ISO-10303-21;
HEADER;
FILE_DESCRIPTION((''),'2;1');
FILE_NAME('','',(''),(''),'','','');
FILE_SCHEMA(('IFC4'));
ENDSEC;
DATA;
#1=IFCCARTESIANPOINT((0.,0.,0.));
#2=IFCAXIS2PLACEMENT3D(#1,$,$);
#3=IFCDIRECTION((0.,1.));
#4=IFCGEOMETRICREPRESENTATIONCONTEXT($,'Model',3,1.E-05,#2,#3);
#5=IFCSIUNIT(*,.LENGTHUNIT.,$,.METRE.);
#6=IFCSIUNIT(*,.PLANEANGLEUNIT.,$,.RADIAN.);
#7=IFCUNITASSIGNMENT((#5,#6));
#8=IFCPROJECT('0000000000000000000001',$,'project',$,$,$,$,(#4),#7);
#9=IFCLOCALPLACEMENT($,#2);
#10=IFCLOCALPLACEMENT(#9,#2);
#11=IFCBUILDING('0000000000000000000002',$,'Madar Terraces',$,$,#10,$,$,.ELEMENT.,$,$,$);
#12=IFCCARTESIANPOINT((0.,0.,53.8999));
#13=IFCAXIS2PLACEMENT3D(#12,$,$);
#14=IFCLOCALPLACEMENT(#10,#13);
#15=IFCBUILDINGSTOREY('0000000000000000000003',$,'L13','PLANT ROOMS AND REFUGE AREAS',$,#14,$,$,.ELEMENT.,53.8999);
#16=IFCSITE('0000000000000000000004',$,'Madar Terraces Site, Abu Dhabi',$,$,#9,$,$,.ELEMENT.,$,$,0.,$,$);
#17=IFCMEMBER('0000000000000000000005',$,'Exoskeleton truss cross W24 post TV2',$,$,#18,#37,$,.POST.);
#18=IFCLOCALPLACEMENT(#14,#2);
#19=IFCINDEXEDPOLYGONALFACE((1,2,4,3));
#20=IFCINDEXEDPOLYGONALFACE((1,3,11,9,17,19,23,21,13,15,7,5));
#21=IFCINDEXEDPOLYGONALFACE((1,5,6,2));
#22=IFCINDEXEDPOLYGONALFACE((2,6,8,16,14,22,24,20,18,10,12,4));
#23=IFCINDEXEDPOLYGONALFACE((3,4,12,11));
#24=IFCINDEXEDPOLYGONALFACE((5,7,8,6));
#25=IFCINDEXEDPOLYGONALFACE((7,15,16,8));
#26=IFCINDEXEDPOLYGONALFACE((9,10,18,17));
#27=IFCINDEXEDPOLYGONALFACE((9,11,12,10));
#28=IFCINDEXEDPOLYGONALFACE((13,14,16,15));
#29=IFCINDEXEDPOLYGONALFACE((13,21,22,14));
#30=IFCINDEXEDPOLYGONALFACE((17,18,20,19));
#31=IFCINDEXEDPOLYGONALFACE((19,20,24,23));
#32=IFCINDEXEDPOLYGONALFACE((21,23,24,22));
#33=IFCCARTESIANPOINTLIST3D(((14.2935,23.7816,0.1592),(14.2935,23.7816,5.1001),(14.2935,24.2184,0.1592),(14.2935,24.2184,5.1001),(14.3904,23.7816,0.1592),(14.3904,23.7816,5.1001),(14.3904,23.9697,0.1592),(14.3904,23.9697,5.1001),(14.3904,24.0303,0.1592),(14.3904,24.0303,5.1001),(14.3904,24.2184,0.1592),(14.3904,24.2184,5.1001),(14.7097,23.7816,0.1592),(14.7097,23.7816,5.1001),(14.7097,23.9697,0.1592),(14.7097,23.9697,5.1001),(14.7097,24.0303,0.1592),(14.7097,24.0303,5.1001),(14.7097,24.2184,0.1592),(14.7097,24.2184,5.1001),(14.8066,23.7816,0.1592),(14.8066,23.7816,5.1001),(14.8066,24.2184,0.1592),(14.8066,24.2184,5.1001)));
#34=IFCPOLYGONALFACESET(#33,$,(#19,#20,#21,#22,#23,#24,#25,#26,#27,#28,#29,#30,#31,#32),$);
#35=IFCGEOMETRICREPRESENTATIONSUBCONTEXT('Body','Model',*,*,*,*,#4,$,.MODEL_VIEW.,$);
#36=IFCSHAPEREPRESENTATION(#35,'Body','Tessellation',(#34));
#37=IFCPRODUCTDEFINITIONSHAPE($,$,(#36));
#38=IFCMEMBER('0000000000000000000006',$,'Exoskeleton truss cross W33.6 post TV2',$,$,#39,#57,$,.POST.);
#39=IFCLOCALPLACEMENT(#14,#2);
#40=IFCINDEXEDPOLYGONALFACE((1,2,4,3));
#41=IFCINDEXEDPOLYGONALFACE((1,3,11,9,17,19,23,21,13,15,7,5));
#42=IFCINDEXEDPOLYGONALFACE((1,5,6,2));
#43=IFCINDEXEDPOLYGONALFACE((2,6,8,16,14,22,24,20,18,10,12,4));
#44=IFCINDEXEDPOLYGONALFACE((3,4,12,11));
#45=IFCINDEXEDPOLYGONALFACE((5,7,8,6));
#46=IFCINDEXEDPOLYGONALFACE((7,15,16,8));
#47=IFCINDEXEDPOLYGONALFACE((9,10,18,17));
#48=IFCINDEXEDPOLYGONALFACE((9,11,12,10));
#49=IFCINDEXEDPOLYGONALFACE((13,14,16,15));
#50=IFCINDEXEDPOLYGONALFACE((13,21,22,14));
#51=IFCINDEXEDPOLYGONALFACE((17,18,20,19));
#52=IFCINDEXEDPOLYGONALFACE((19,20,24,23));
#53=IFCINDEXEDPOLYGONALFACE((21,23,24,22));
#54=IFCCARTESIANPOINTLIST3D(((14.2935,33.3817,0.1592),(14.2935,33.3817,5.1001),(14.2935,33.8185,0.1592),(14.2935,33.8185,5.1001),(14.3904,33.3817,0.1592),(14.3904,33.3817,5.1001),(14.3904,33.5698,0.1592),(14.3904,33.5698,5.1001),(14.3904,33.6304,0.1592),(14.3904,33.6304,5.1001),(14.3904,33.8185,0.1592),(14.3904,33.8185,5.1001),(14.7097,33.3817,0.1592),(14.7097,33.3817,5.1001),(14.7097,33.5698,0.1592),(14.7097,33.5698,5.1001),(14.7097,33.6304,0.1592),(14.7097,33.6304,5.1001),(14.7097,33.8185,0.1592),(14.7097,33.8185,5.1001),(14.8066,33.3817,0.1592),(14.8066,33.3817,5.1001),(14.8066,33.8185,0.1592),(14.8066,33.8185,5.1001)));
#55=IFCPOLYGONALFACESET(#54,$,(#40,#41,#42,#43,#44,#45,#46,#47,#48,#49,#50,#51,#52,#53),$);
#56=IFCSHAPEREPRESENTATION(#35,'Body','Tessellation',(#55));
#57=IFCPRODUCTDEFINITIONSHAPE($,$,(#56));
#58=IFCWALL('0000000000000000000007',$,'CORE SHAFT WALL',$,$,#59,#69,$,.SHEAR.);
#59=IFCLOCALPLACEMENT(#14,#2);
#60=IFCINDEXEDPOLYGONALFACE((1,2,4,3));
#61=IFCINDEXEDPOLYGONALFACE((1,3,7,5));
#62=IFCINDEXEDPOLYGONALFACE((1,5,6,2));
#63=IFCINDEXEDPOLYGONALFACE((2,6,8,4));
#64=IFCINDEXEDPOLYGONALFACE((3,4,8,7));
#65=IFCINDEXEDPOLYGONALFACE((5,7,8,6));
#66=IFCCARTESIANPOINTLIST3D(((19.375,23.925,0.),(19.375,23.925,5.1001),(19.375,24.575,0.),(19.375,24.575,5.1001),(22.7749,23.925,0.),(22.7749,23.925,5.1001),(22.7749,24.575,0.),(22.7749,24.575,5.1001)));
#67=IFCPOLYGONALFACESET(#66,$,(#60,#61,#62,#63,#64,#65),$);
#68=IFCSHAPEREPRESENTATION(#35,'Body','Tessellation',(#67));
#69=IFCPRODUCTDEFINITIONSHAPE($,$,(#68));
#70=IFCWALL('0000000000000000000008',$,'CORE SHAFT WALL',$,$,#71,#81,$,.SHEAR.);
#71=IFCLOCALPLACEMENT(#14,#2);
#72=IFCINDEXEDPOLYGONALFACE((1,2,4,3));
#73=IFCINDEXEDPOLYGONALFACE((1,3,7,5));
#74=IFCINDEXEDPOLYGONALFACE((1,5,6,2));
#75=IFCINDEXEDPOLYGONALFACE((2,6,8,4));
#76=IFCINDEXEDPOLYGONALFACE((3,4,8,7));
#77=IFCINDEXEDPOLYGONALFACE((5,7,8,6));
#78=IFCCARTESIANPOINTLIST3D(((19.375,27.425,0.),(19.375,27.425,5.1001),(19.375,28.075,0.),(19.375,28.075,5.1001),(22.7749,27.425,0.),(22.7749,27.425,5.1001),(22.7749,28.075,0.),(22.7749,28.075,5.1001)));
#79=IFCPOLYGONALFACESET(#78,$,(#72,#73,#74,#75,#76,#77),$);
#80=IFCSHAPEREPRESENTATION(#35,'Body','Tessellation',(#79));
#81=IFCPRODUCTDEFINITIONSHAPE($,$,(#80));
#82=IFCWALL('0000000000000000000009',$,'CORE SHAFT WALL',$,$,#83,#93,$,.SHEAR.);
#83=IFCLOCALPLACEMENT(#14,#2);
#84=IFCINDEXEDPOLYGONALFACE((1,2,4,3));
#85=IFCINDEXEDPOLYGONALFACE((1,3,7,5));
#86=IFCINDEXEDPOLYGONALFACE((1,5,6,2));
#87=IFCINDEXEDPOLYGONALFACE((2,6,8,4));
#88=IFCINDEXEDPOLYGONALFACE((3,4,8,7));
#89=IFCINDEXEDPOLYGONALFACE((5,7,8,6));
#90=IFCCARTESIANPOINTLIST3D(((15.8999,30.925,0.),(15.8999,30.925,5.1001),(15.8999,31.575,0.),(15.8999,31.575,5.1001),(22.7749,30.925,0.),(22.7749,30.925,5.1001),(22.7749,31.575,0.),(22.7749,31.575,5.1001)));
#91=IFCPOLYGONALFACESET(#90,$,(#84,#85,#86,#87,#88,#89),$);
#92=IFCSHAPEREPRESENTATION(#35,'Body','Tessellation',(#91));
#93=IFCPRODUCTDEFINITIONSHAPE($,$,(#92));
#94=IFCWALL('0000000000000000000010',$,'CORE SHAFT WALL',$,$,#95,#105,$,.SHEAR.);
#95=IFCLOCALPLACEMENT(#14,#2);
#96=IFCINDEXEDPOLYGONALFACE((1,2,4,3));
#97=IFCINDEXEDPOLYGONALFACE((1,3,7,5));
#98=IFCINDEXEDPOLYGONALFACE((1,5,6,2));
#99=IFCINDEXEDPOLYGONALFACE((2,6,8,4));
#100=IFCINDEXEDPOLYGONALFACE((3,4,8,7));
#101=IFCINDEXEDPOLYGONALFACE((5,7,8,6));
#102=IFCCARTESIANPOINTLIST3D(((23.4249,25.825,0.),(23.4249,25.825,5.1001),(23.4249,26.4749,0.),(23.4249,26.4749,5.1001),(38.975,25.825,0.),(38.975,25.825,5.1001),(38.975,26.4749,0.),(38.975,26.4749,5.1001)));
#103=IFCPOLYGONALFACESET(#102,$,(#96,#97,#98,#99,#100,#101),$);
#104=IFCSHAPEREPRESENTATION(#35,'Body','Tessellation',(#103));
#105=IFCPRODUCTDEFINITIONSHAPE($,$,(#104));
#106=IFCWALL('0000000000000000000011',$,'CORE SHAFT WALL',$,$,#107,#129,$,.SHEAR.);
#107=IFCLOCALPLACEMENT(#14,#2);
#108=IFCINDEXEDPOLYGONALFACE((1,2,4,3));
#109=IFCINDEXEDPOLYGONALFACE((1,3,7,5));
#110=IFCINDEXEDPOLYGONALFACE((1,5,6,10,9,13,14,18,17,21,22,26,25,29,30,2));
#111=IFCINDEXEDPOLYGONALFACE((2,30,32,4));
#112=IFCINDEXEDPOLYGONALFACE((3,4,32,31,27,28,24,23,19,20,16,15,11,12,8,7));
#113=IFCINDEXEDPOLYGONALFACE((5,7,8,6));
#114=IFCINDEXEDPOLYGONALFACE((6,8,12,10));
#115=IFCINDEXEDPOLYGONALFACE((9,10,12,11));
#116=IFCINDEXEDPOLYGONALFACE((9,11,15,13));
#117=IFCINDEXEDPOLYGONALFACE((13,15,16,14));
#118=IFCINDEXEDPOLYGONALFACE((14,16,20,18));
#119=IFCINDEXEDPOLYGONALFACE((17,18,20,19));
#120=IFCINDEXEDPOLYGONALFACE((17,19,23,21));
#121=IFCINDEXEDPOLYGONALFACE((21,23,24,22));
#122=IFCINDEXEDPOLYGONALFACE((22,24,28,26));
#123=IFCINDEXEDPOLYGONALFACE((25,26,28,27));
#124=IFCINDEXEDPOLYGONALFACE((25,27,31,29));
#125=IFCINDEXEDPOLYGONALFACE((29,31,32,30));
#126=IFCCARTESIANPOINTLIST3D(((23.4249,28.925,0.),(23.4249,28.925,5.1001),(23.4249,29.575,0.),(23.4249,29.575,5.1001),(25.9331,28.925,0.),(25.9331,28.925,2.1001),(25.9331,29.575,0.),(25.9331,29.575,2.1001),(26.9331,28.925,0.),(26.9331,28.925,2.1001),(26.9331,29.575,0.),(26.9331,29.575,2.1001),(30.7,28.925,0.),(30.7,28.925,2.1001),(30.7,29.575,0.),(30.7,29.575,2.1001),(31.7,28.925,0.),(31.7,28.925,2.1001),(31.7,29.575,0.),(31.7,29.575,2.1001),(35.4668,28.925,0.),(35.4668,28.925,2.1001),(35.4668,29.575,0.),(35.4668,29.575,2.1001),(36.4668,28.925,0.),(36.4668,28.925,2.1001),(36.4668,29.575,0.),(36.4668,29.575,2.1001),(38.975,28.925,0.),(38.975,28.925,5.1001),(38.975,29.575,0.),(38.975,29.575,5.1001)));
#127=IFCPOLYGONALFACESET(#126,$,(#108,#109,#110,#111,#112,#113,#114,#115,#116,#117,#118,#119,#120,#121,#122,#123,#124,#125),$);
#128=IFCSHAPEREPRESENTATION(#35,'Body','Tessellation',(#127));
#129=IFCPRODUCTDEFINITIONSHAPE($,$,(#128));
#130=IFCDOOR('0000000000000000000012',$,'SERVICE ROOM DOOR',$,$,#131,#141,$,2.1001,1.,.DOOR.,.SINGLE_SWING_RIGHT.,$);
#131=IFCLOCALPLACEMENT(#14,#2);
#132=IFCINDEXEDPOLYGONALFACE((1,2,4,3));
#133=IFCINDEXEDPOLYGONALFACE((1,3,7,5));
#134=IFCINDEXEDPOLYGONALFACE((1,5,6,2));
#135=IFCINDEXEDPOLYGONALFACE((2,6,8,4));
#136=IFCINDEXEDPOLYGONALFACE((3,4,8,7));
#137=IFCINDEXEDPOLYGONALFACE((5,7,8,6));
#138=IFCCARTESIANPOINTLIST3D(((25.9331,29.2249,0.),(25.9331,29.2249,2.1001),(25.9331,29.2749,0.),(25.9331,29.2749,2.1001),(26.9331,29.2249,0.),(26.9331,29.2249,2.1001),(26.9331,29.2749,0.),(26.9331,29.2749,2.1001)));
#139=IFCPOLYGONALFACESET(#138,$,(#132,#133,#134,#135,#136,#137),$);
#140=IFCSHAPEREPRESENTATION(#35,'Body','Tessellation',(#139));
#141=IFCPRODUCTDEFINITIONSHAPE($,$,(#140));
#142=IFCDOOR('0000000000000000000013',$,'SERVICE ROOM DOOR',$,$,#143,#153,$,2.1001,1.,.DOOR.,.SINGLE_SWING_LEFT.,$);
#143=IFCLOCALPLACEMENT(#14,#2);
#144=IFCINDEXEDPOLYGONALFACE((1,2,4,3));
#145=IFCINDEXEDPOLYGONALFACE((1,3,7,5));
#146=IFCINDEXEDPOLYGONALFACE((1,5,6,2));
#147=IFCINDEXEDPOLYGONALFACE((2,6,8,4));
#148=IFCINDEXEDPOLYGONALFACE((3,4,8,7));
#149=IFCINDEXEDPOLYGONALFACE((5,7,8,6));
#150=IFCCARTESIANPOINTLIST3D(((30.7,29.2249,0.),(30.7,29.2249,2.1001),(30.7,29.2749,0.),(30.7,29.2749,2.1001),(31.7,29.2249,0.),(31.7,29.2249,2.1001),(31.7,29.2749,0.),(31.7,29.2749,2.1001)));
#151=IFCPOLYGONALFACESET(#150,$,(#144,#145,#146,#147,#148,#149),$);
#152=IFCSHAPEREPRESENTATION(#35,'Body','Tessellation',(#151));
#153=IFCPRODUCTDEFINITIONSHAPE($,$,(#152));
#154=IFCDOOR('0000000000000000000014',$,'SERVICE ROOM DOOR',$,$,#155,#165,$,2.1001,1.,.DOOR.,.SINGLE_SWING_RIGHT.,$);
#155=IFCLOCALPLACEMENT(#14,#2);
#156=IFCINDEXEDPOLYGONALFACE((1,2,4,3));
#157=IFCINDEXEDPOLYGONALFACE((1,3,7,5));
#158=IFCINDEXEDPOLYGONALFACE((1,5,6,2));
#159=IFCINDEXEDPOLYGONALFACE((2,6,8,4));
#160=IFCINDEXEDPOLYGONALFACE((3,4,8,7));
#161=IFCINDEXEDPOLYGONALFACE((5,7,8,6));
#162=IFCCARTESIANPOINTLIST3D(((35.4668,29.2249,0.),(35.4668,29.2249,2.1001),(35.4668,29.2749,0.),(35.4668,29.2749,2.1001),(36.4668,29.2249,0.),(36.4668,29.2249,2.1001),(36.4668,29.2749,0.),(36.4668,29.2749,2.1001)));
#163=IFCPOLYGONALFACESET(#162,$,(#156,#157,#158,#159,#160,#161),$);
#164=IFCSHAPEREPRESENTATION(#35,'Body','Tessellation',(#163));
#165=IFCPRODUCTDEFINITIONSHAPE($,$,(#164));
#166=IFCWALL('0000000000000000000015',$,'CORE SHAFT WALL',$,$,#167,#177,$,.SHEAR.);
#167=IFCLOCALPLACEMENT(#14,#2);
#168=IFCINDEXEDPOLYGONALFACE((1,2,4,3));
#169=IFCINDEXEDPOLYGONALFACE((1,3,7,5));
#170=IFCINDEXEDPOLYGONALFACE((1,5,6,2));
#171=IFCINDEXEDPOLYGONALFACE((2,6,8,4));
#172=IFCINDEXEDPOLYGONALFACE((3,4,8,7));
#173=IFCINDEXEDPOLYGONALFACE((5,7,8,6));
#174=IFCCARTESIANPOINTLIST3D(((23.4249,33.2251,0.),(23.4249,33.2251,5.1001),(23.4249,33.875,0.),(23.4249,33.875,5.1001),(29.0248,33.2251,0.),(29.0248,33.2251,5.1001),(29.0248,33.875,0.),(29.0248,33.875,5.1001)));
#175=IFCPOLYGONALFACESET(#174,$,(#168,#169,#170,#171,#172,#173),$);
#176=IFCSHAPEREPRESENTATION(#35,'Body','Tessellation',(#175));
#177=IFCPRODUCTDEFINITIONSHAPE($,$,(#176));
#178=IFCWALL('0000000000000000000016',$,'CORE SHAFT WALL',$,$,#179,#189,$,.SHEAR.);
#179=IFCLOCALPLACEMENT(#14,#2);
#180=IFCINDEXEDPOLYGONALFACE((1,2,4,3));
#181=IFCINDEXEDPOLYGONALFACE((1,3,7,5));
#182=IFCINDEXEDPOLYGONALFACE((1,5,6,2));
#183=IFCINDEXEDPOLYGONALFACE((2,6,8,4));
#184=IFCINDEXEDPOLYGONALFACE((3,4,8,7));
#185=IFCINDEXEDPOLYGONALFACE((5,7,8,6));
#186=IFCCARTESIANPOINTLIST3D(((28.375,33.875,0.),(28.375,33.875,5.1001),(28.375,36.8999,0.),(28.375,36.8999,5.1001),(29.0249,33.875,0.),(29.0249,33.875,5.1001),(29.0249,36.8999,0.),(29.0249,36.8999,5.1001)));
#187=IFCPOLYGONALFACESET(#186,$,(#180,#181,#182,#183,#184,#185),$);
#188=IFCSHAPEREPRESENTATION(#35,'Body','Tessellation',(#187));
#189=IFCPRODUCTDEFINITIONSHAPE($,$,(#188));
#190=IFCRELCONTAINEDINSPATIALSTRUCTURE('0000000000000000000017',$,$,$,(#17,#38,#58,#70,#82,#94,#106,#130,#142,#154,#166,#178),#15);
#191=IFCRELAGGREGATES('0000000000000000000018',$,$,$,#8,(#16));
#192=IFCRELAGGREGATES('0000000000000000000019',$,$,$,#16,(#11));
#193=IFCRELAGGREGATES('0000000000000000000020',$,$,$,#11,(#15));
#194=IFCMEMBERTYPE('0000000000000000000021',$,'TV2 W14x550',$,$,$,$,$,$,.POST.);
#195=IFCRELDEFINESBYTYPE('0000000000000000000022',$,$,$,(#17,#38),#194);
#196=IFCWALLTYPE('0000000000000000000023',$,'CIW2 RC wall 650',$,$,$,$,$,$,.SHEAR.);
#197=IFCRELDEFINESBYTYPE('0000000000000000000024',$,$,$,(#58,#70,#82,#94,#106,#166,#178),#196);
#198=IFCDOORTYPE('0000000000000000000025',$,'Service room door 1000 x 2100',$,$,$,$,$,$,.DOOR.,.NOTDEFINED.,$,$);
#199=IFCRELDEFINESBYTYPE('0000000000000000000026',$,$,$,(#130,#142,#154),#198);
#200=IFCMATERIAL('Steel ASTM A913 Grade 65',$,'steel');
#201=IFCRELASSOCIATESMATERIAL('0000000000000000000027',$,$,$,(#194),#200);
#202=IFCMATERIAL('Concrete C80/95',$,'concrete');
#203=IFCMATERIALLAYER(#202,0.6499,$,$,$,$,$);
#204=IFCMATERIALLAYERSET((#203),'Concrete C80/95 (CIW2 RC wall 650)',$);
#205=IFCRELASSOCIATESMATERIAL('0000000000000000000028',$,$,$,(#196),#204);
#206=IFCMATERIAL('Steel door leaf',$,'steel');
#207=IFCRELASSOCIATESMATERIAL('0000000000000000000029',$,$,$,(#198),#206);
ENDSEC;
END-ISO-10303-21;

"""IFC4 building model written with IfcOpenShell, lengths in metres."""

from ifc_helpers import new_model, si_unit, direction, frame, frame_2d, origin, origin_2d, place, context, subcontext, project, spatial, rectangle, i_section, extrude, material, layer, layer_set, material_profile, profile_set, type_object, element, fill, save


model = new_model("IFC4")

# Units and contexts
model_context = context("Model", 3, precision=1e-05, world=origin(), true_north=direction((0.0, 1.0)))
body_context = subcontext(model_context, "Body", "Model", "MODEL_VIEW")
ifc_project = project(units=[si_unit("LENGTHUNIT", "METRE"), si_unit("PLANEANGLEUNIT", "RADIAN")], contexts=[model_context])

# Site, building, storey
site_placement = place(None, origin())
site = spatial("IfcSite", under=ifc_project, at=site_placement, Name="Madar Terraces Site, Abu Dhabi", CompositionType="ELEMENT", RefElevation=0.0)
building_placement = place(site_placement, origin())
building = spatial("IfcBuilding", under=site, at=building_placement, Name="Madar Terraces", CompositionType="ELEMENT")
storey_placement = place(building_placement, frame((0.0, 0.0, 53.8999)))
storey = spatial("IfcBuildingStorey", under=building, at=storey_placement, Name="L13", Description="PLANT ROOMS AND REFUGE AREAS", CompositionType="ELEMENT", Elevation=53.8999)

# Members
ifc_material_1 = material(Name="Steel ASTM A913 Grade 65", Category="steel")
ifc_material_profile = material_profile(ifc_material_1, i_section(OverallWidth=0.4368, OverallDepth=0.5132, WebThickness=0.0605, FlangeThickness=0.0969, at=origin_2d()), Name="W14x550")
ifc_profile_set = profile_set([ifc_material_profile], Name="Steel ASTM A913 Grade 65")
member_type = type_object("IfcMemberType", Name="TV2 W14x550", PredefinedType="POST", material=ifc_profile_set)
for number, where, z_axis, x_axis, name in (
    (1, (14.55, 24.0, 0.1592), (0.0, 0.0, 1.0), (0.0, 1.0, 0.0), "Exoskeleton truss cross W24 post TV2"),
    (2, (14.55, 33.6001, 0.1592), (0.0, 0.0, 1.0), (0.0, 1.0, 0.0), "Exoskeleton truss cross W33.6 post TV2"),
):
    element("IfcMember", number, at=place(storey_placement, frame(where, z_axis=z_axis, x_axis=x_axis)), inside=storey, type_object=member_type, Name=name, PredefinedType="POST", context=body_context, shape_type="SweptSolid", body=[
        extrude(i_section(OverallWidth=0.4368, OverallDepth=0.5132, WebThickness=0.0605, FlangeThickness=0.0969, at=origin_2d()), origin(), (0.0, 0.0, 1.0), 4.9409),
    ])

# Walls
ifc_material_2 = material(Name="Concrete C80/95", Category="concrete")
ifc_layer_1 = layer(ifc_material_2, 0.6499)
ifc_layer_set_1 = layer_set([ifc_layer_1], Name="Concrete C80/95 (CIW2 RC wall 650)")
wall_type_1 = type_object("IfcWallType", Name="CIW2 RC wall 650", PredefinedType="SHEAR", material=ifc_layer_set_1)
for number, where, z_axis, x_axis, name in (
    (3, (19.375, 24.25, 0.0), (0.0, 0.0, 1.0), (1.0, 0.0, 0.0), "CORE SHAFT WALL"),
    (4, (19.375, 27.75, 0.0), (0.0, 0.0, 1.0), (1.0, 0.0, 0.0), "CORE SHAFT WALL"),
):
    element("IfcWall", number, at=place(storey_placement, frame(where, z_axis=z_axis, x_axis=x_axis)), inside=storey, type_object=wall_type_1, Name=name, PredefinedType="SHEAR", context=body_context, shape_type="SweptSolid", body=[
        extrude(rectangle(XDim=3.3999, YDim=0.6499, at=frame_2d((1.7, 0.0))), origin(), (0.0, 0.0, 1.0), 5.1001),
    ])
wall_1_placement = place(storey_placement, frame((15.8999, 31.25, 0.0), z_axis=(0.0, 0.0, 1.0), x_axis=(1.0, 0.0, 0.0)))
element("IfcWall", 5, at=wall_1_placement, inside=storey, type_object=wall_type_1, Name="CORE SHAFT WALL", PredefinedType="SHEAR", context=body_context, shape_type="SweptSolid", body=[
    extrude(rectangle(XDim=6.875, YDim=0.6499, at=frame_2d((3.4375, 0.0))), origin(), (0.0, 0.0, 1.0), 5.1001),
])
wall_2_placement = place(storey_placement, frame((23.425, 26.1499, 0.0), z_axis=(0.0, 0.0, 1.0), x_axis=(1.0, 0.0, 0.0)))
element("IfcWall", 6, at=wall_2_placement, inside=storey, type_object=wall_type_1, Name="CORE SHAFT WALL", PredefinedType="SHEAR", context=body_context, shape_type="SweptSolid", body=[
    extrude(rectangle(XDim=15.55, YDim=0.6499, at=frame_2d((7.7749, 0.0))), origin(), (0.0, 0.0, 1.0), 5.1001),
])

# Wall, openings, doors
wall_3_placement = place(storey_placement, frame((23.425, 29.25, 0.0), z_axis=(0.0, 0.0, 1.0), x_axis=(1.0, 0.0, 0.0)))
wall_3 = element("IfcWall", 7, at=wall_3_placement, inside=storey, type_object=wall_type_1, Name="CORE SHAFT WALL", PredefinedType="SHEAR", context=body_context, shape_type="SweptSolid", body=[
    extrude(rectangle(XDim=15.55, YDim=0.6499, at=frame_2d((7.7749, 0.0))), origin(), (0.0, 0.0, 1.0), 5.1001),
])
opening_1_placement = place(wall_3_placement, frame((2.5081, 0.0, 0.0)))
opening_1 = element("IfcOpeningElement", 8, at=opening_1_placement, cuts=wall_3, PredefinedType="OPENING", context=body_context, shape_type="SweptSolid", body=[
    extrude(rectangle(XDim=1.0, YDim=2.1001, at=frame_2d((0.5, 1.05))), frame((0.0, 0.335, 0.0), z_axis=(0.0, -1.0, 0.0), x_axis=(1.0, 0.0, 0.0)), (0.0, 0.0, 1.0), 0.6699),
])
opening_2_placement = place(wall_3_placement, frame((7.2749, 0.0, 0.0)))
opening_2 = element("IfcOpeningElement", 9, at=opening_2_placement, cuts=wall_3, PredefinedType="OPENING", context=body_context, shape_type="SweptSolid", body=[
    extrude(rectangle(XDim=1.0, YDim=2.1001, at=frame_2d((0.5, 1.05))), frame((0.0, 0.335, 0.0), z_axis=(0.0, -1.0, 0.0), x_axis=(1.0, 0.0, 0.0)), (0.0, 0.0, 1.0), 0.6699),
])
opening_3_placement = place(wall_3_placement, frame((12.0417, 0.0, 0.0)))
opening_3 = element("IfcOpeningElement", 10, at=opening_3_placement, cuts=wall_3, PredefinedType="OPENING", context=body_context, shape_type="SweptSolid", body=[
    extrude(rectangle(XDim=1.0, YDim=2.1001, at=frame_2d((0.5, 1.05))), frame((0.0, 0.335, 0.0), z_axis=(0.0, -1.0, 0.0), x_axis=(1.0, 0.0, 0.0)), (0.0, 0.0, 1.0), 0.6699),
])
ifc_material_3 = material(Name="Steel door leaf", Category="steel")
door_type_1 = type_object("IfcDoorType", Name="Service room door 1000 x 2100", OperationType="NOTDEFINED", PredefinedType="DOOR", material=ifc_material_3)
door_1_placement = place(opening_1_placement, origin())
door_1 = element("IfcDoor", 11, at=door_1_placement, inside=storey, type_object=door_type_1, Name="SERVICE ROOM DOOR", OperationType="SINGLE_SWING_RIGHT", OverallHeight=2.1001, OverallWidth=1.0, PredefinedType="DOOR", context=body_context, shape_type="SweptSolid", body=[
    extrude(rectangle(XDim=1.0, YDim=2.1001, at=frame_2d((0.5, 1.05))), frame((0.0, 0.0249, 0.0), z_axis=(0.0, -1.0, 0.0), x_axis=(1.0, 0.0, 0.0)), (0.0, 0.0, 1.0), 0.05),
])
fill(opening_1, door_1)
door_2_placement = place(opening_2_placement, origin())
door_2 = element("IfcDoor", 12, at=door_2_placement, inside=storey, type_object=door_type_1, Name="SERVICE ROOM DOOR", OperationType="SINGLE_SWING_LEFT", OverallHeight=2.1001, OverallWidth=1.0, PredefinedType="DOOR", context=body_context, shape_type="SweptSolid", body=[
    extrude(rectangle(XDim=1.0, YDim=2.1001, at=frame_2d((0.5, 1.05))), frame((0.0, 0.0249, 0.0), z_axis=(0.0, -1.0, 0.0), x_axis=(1.0, 0.0, 0.0)), (0.0, 0.0, 1.0), 0.05),
])
fill(opening_2, door_2)
door_3_placement = place(opening_3_placement, origin())
door_3 = element("IfcDoor", 13, at=door_3_placement, inside=storey, type_object=door_type_1, Name="SERVICE ROOM DOOR", OperationType="SINGLE_SWING_RIGHT", OverallHeight=2.1001, OverallWidth=1.0, PredefinedType="DOOR", context=body_context, shape_type="SweptSolid", body=[
    extrude(rectangle(XDim=1.0, YDim=2.1001, at=frame_2d((0.5, 1.05))), frame((0.0, 0.0249, 0.0), z_axis=(0.0, -1.0, 0.0), x_axis=(1.0, 0.0, 0.0)), (0.0, 0.0, 1.0), 0.05),
])
fill(opening_3, door_3)

# Walls
wall_4_placement = place(storey_placement, frame((23.425, 33.55, 0.0), z_axis=(0.0, 0.0, 1.0), x_axis=(1.0, 0.0, 0.0)))
element("IfcWall", 14, at=wall_4_placement, inside=storey, type_object=wall_type_1, Name="CORE SHAFT WALL", PredefinedType="SHEAR", context=body_context, shape_type="SweptSolid", body=[
    extrude(rectangle(XDim=5.5999, YDim=0.6499, at=frame_2d((2.7998, 0.0))), origin(), (0.0, 0.0, 1.0), 5.1001),
])
wall_5_placement = place(storey_placement, frame((28.7, 33.875, 0.0), z_axis=(0.0, 0.0, 1.0), x_axis=(0.0, 1.0, 0.0)))
element("IfcWall", 15, at=wall_5_placement, inside=storey, type_object=wall_type_1, Name="CORE SHAFT WALL", PredefinedType="SHEAR", context=body_context, shape_type="SweptSolid", body=[
    extrude(rectangle(XDim=3.0249, YDim=0.6499, at=frame_2d((1.5125, 0.0))), origin(), (0.0, 0.0, 1.0), 5.1001),
])

save(model, "model.ifc")
